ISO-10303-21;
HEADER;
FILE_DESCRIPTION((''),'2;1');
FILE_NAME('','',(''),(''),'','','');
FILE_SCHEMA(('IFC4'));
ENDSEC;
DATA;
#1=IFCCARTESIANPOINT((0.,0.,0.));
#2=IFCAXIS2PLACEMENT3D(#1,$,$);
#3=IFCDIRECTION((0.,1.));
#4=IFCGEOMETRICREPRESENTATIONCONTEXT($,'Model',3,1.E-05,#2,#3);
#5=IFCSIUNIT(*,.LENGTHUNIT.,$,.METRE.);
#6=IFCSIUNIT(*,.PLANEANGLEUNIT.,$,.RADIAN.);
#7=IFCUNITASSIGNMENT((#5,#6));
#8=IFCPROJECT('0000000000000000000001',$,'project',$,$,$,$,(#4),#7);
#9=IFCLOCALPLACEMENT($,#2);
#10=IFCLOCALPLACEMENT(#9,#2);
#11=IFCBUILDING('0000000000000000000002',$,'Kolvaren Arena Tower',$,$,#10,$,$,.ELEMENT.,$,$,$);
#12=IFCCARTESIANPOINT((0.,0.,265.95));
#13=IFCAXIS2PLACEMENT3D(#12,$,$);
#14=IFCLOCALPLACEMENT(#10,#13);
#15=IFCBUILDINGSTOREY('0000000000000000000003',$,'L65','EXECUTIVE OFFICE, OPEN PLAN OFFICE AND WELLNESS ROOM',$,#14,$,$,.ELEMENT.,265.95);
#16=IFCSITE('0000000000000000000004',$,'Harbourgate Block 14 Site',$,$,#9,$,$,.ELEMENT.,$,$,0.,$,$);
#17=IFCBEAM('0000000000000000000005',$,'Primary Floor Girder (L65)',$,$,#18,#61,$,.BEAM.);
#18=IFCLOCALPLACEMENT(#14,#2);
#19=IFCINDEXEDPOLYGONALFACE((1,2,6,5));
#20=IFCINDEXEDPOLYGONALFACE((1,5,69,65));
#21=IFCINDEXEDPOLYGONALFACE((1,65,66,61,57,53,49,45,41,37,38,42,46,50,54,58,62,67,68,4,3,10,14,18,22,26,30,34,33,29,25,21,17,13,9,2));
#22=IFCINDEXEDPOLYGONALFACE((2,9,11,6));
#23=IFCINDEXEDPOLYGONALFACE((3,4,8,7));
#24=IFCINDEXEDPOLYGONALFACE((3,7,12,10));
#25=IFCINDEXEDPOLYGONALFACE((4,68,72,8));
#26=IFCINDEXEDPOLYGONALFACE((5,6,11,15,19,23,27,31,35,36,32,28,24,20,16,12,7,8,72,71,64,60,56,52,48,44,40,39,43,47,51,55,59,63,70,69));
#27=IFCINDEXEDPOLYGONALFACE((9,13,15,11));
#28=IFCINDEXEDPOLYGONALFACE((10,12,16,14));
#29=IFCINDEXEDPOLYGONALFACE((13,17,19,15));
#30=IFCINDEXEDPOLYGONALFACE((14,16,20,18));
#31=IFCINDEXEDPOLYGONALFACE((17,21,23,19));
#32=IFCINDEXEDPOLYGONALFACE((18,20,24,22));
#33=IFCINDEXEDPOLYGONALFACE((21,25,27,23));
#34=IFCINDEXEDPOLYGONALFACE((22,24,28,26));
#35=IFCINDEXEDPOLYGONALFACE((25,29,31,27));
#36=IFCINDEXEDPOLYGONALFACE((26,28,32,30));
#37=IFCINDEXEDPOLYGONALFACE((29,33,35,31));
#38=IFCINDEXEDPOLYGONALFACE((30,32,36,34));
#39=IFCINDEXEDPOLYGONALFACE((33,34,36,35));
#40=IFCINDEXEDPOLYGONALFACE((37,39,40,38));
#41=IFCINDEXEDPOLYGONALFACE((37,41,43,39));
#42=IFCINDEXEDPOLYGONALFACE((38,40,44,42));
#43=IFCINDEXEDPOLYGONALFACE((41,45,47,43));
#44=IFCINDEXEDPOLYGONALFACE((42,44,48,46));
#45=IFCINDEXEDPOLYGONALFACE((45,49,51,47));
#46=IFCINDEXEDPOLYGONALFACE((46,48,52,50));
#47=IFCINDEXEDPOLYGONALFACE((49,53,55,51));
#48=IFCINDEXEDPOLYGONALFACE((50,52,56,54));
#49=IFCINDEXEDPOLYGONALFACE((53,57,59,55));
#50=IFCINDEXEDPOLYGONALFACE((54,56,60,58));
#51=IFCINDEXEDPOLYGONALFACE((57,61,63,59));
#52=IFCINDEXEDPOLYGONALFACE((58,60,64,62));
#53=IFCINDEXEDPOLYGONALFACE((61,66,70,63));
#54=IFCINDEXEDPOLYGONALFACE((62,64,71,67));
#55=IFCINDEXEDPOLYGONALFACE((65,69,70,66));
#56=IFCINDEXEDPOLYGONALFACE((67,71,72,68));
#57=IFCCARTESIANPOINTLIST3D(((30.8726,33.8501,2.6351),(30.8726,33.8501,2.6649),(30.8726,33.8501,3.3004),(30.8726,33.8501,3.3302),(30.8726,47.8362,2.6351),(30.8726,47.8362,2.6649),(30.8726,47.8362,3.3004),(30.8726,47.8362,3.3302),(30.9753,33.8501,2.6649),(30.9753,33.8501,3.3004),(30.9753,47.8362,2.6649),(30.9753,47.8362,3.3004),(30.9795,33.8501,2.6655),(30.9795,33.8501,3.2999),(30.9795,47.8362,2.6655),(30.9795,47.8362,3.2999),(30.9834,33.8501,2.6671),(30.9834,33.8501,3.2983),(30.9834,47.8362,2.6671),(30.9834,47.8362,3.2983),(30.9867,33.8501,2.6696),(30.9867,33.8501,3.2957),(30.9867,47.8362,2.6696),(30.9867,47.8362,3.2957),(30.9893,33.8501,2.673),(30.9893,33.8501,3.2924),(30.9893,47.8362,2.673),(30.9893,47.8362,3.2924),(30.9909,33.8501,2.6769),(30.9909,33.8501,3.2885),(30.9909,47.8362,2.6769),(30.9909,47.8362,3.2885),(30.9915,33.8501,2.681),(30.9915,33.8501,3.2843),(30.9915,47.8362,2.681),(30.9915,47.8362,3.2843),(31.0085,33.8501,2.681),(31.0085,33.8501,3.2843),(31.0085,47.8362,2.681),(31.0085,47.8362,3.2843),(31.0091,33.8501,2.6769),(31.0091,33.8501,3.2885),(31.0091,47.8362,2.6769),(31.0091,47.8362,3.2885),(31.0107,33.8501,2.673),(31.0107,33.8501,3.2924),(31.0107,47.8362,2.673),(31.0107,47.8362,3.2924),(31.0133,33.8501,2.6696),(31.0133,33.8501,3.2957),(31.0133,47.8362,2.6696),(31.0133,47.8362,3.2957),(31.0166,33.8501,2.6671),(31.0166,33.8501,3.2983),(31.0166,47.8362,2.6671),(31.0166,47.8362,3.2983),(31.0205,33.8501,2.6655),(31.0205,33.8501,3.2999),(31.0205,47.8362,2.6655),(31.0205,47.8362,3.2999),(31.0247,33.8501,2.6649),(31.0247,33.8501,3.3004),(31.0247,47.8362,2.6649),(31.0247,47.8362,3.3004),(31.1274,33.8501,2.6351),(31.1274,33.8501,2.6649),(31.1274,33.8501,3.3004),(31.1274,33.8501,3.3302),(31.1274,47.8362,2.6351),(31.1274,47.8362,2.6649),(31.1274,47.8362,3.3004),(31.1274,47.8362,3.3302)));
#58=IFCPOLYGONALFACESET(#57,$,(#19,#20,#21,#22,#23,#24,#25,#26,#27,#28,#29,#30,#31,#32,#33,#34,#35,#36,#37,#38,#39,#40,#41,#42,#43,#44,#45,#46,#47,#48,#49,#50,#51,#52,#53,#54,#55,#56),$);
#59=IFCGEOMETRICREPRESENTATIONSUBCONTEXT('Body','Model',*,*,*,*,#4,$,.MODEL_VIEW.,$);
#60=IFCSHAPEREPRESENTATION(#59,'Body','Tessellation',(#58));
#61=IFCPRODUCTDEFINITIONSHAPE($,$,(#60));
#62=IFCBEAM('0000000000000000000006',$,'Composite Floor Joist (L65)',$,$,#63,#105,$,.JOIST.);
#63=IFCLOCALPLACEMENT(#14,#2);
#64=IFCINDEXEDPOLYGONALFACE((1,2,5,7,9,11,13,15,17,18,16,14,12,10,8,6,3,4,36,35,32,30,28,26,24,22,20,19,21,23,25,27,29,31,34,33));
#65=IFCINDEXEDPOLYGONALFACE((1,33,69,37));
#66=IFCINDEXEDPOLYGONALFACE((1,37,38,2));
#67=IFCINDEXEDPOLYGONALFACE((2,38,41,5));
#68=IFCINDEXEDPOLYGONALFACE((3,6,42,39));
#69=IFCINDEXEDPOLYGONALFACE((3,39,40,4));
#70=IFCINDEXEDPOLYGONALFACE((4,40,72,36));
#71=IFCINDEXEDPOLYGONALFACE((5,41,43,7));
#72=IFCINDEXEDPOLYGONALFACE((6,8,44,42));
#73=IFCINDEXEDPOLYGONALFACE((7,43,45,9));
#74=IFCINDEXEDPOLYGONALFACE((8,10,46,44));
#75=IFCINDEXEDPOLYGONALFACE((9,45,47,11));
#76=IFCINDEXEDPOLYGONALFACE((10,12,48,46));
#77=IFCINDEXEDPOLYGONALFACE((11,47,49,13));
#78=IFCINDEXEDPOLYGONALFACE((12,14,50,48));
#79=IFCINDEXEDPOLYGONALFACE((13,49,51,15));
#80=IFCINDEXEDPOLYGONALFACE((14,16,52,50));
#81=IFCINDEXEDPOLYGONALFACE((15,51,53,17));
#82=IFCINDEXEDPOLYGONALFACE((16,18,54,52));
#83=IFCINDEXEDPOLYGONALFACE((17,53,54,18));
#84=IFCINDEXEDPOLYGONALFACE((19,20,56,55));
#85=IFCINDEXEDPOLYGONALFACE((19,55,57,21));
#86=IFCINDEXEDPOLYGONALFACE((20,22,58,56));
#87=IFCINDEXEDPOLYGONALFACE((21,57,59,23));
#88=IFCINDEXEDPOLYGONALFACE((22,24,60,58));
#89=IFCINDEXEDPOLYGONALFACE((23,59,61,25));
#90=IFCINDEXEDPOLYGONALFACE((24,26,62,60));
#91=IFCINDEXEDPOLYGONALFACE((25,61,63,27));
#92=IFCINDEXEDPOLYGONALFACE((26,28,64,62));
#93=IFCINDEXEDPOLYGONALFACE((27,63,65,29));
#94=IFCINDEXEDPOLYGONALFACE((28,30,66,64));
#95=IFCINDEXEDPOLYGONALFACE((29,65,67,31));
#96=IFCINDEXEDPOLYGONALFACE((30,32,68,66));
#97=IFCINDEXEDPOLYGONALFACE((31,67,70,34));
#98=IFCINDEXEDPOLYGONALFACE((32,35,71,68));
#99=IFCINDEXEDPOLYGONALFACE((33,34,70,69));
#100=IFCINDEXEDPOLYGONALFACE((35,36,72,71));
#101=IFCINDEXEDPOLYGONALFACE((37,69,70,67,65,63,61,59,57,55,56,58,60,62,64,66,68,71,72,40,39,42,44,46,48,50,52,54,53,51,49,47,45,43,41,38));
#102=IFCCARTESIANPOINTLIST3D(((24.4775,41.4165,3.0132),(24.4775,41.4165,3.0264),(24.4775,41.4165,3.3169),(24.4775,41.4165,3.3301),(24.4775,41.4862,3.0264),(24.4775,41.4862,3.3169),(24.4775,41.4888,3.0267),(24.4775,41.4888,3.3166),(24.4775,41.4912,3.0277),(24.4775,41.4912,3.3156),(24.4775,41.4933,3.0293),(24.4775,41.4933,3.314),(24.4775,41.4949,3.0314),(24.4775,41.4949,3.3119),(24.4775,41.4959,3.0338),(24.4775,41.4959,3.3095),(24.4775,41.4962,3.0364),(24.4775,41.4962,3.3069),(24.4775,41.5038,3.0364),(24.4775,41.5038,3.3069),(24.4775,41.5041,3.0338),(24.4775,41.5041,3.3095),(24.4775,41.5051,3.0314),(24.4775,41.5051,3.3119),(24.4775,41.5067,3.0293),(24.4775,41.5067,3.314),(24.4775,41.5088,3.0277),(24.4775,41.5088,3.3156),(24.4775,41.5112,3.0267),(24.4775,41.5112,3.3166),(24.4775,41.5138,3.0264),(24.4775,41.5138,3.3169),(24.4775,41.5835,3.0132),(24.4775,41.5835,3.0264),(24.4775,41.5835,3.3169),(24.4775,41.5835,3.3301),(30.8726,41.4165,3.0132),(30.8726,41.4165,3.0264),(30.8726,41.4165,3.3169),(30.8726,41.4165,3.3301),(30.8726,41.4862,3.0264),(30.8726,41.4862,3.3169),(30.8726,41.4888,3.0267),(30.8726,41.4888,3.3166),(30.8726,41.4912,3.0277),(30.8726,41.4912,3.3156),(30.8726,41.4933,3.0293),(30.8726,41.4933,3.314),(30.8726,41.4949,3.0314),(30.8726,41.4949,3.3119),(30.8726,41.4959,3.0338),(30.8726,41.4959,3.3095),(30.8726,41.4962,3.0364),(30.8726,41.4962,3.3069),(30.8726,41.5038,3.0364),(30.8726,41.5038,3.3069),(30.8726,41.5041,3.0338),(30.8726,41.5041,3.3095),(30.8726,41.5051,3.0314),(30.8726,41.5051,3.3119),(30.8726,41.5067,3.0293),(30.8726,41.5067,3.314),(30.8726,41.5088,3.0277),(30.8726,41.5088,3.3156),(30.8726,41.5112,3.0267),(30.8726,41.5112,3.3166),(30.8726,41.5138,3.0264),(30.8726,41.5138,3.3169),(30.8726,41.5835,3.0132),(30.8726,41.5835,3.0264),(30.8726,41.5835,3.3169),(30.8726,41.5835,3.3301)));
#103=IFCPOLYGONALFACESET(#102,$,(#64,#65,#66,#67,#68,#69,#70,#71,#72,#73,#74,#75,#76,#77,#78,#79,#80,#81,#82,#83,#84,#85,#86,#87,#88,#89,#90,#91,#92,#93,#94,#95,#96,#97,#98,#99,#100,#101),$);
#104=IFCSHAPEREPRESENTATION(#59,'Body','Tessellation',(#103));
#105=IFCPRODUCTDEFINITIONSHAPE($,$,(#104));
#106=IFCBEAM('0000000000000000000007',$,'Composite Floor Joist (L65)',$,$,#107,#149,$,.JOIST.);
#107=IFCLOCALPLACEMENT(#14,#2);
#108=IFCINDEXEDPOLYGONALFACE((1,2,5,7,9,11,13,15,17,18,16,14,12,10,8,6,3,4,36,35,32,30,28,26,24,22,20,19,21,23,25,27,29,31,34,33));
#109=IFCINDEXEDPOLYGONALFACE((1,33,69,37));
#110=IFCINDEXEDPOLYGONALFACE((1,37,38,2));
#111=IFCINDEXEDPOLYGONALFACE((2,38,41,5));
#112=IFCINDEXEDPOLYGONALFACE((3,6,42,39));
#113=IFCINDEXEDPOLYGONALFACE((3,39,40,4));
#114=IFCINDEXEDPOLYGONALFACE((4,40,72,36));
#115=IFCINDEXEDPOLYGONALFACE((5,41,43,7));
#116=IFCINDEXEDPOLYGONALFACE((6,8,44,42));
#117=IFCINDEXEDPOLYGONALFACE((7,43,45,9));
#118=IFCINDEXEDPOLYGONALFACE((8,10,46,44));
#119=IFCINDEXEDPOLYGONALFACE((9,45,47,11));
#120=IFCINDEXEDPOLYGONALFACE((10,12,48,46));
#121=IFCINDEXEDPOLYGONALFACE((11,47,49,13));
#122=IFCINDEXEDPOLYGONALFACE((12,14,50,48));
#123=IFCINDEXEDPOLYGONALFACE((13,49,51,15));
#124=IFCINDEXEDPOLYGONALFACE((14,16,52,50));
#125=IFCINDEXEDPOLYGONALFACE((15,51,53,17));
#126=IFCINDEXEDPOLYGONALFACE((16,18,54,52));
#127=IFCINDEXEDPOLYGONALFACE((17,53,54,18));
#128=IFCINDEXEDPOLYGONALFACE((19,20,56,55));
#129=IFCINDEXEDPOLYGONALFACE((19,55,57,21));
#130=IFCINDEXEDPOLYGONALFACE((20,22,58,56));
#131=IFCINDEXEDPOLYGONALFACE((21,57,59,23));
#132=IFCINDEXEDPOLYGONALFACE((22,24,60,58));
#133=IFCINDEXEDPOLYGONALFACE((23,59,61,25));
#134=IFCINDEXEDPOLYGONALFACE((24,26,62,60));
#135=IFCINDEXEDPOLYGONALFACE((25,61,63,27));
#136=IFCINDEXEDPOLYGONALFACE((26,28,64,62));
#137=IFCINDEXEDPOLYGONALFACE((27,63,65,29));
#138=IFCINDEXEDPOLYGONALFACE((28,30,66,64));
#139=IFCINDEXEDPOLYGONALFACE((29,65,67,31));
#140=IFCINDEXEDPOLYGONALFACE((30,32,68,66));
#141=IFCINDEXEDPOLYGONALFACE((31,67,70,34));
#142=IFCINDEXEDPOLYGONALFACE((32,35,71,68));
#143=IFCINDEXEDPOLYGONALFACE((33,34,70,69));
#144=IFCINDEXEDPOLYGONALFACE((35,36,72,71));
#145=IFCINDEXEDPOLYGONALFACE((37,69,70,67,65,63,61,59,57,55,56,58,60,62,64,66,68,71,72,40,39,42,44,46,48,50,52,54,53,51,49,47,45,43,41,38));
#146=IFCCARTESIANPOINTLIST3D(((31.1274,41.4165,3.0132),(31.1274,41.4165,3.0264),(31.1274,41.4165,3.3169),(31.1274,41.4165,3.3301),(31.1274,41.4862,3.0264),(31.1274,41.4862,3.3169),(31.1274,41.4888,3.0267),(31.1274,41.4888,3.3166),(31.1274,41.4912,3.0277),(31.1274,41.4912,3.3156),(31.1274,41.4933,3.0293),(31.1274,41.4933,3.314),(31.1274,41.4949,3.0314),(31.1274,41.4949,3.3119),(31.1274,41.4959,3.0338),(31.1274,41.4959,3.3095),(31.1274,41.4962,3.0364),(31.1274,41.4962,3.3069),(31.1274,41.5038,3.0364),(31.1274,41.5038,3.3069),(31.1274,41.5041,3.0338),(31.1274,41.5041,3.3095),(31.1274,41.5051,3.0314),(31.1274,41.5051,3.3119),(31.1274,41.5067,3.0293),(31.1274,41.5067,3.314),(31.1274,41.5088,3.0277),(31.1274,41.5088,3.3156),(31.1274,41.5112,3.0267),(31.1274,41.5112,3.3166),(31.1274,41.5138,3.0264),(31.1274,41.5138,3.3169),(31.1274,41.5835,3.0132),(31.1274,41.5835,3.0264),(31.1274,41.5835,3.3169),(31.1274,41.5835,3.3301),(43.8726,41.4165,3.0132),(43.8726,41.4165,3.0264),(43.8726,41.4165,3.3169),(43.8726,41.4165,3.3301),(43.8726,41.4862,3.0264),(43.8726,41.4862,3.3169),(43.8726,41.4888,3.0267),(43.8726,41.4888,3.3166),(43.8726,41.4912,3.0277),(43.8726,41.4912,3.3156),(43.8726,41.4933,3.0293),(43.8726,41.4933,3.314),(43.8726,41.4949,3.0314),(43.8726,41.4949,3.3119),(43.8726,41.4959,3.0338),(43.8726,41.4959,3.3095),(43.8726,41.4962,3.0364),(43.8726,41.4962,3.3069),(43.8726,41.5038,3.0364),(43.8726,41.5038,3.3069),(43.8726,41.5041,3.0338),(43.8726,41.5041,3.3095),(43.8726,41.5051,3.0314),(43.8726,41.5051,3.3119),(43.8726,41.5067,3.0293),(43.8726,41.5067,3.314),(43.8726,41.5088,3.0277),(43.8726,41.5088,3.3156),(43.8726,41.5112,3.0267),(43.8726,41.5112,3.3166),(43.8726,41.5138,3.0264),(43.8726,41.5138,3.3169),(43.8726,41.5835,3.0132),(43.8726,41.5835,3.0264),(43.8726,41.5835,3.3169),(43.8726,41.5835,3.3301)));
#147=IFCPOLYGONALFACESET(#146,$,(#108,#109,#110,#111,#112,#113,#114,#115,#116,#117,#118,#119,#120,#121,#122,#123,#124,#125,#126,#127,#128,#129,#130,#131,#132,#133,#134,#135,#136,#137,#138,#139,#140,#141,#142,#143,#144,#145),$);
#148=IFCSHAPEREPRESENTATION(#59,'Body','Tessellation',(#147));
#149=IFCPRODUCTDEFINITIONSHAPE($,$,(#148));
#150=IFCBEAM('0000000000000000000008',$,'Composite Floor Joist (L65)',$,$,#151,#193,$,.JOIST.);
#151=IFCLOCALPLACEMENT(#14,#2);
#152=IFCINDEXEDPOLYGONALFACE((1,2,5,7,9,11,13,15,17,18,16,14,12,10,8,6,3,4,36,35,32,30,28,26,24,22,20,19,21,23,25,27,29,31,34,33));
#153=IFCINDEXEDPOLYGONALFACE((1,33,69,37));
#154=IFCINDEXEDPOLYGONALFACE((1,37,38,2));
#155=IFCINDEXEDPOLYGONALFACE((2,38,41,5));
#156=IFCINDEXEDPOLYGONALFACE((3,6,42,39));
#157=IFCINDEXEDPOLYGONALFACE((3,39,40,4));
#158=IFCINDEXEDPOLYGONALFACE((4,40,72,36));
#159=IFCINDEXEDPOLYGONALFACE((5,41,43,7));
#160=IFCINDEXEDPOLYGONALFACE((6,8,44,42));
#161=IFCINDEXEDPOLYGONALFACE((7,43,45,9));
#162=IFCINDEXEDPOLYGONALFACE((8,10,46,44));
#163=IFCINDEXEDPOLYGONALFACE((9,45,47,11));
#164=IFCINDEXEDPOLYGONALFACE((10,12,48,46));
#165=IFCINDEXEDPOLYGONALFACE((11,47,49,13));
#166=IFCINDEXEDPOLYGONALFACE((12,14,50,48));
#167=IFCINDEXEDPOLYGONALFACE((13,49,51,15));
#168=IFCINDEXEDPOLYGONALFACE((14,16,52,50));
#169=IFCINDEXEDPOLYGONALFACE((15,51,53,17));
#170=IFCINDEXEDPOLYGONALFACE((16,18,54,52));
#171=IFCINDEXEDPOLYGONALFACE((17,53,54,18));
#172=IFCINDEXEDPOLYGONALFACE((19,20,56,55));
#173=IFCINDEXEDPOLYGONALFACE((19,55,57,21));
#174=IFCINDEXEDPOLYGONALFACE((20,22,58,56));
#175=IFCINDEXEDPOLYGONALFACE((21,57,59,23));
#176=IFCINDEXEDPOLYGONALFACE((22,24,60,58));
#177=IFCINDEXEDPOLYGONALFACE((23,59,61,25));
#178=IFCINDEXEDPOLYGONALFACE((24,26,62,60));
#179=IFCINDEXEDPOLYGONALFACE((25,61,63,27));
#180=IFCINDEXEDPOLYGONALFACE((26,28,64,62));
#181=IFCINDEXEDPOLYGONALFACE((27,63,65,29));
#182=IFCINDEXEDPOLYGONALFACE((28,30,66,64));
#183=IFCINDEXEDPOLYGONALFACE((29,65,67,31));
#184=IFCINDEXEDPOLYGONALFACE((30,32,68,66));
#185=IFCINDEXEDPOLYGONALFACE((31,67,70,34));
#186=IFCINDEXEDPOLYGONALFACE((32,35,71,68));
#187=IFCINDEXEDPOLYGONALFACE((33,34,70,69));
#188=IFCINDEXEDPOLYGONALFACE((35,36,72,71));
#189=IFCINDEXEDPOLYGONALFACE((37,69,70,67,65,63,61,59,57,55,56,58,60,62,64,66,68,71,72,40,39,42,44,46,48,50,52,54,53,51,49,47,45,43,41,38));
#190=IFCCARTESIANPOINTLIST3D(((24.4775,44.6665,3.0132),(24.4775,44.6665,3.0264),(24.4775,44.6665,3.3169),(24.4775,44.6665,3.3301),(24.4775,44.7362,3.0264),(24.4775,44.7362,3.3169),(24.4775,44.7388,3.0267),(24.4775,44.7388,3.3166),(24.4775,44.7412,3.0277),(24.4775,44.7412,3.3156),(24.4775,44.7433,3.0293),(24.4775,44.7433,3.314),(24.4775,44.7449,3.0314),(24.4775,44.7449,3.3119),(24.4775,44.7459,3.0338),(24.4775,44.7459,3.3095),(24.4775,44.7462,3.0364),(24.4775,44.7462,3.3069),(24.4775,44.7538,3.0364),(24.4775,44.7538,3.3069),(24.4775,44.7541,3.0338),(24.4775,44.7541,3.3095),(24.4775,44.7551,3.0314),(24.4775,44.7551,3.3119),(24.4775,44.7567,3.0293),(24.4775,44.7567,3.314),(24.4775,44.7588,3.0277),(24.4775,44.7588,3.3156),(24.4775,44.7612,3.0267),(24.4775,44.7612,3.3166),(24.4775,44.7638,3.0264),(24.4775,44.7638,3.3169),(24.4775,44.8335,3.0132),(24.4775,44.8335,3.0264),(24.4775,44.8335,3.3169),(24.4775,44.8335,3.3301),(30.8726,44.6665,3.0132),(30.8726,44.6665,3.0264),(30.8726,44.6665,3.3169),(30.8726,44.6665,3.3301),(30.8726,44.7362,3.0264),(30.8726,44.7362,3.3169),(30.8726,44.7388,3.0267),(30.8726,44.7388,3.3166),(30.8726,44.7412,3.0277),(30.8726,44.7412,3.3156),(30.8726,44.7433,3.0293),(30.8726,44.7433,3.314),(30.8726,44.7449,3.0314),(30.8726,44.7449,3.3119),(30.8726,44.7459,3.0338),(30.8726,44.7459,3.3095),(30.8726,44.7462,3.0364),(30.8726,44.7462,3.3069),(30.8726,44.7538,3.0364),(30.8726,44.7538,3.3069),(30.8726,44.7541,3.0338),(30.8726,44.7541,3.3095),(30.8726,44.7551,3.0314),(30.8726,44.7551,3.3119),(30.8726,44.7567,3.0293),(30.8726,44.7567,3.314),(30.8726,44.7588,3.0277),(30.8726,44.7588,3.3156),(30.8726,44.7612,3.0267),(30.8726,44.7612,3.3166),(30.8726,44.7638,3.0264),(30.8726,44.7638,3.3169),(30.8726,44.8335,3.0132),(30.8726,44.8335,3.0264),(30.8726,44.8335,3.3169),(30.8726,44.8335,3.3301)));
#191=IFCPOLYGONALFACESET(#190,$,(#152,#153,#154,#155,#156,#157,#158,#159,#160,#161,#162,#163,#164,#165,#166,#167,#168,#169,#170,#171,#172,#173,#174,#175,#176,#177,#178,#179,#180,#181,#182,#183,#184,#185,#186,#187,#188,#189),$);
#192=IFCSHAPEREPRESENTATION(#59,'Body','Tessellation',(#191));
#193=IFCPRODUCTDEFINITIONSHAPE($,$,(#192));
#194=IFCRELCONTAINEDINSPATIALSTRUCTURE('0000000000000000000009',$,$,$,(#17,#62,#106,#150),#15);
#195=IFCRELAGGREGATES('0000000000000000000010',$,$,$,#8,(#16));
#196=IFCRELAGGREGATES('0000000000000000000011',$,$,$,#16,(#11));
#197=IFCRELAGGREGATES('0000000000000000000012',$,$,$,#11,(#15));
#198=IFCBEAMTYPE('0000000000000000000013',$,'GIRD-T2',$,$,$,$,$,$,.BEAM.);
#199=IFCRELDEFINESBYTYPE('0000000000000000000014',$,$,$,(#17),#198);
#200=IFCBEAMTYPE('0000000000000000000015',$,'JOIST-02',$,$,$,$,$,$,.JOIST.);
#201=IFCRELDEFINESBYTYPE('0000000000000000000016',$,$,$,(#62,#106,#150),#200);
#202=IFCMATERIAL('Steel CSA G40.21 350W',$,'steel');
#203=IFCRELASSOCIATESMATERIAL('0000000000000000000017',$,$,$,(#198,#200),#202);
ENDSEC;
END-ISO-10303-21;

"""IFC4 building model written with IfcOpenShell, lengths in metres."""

from ifc_helpers import new_model, si_unit, direction, frame, origin, origin_2d, place, context, subcontext, project, spatial, i_section, extrude, material, material_profile, profile_set, type_object, element, save


model = new_model("IFC4")

# Units and contexts
model_context = context("Model", 3, precision=1e-05, world=origin(), true_north=direction((0.0, 1.0)))
body_context = subcontext(model_context, "Body", "Model", "MODEL_VIEW")
ifc_project = project(units=[si_unit("LENGTHUNIT", "METRE"), si_unit("PLANEANGLEUNIT", "RADIAN")], contexts=[model_context])

# Site, building, storey
site_placement = place(None, origin())
site = spatial("IfcSite", under=ifc_project, at=site_placement, Name="Harbourgate Block 14 Site", CompositionType="ELEMENT", RefElevation=0.0)
building_placement = place(site_placement, origin())
building = spatial("IfcBuilding", under=site, at=building_placement, Name="Kolvaren Arena Tower", CompositionType="ELEMENT")
storey_placement = place(building_placement, frame((0.0, 0.0, 265.95)))
storey = spatial("IfcBuildingStorey", under=building, at=storey_placement, Name="L65", Description="EXECUTIVE OFFICE, OPEN PLAN OFFICE AND WELLNESS ROOM", CompositionType="ELEMENT", Elevation=265.95)

# Beams
ifc_material_1 = material(Name="Steel CSA G40.21 350W", Category="steel")
ifc_material_profile_1 = material_profile(ifc_material_1, i_section(OverallWidth=0.2549, OverallDepth=0.6951, WebThickness=0.0171, FlangeThickness=0.0298, FilletRadius=0.0161, at=origin_2d()), Name="W690x217")
ifc_profile_set_1 = profile_set([ifc_material_profile_1], Name="Steel CSA G40.21 350W")
beam_type_1 = type_object("IfcBeamType", Name="GIRD-T2", PredefinedType="BEAM", material=ifc_profile_set_1)
beam_1_placement = place(storey_placement, frame((31.0, 33.8501, 2.9827), z_axis=(0.0, 1.0, 0.0), x_axis=(-1.0, 0.0, 0.0)))
element("IfcBeam", 1, at=beam_1_placement, inside=storey, type_object=beam_type_1, Name="Primary Floor Girder (L65)", PredefinedType="BEAM", context=body_context, shape_type="SweptSolid", body=[
    extrude(i_section(OverallWidth=0.2549, OverallDepth=0.6951, WebThickness=0.0171, FlangeThickness=0.0298, FilletRadius=0.0161, at=origin_2d()), origin(), (0.0, 0.0, 1.0), 13.9861),
])
ifc_material_profile_2 = material_profile(ifc_material_1, i_section(OverallWidth=0.167, OverallDepth=0.3169, WebThickness=0.0076, FlangeThickness=0.0132, FilletRadius=0.01, at=origin_2d()), Name="W310x52")
ifc_profile_set_2 = profile_set([ifc_material_profile_2], Name="Steel CSA G40.21 350W")
beam_type_2 = type_object("IfcBeamType", Name="JOIST-02", PredefinedType="JOIST", material=ifc_profile_set_2)
beam_2_placement = place(storey_placement, frame((24.4775, 41.5, 3.1716), z_axis=(1.0, 0.0, 0.0), x_axis=(0.0, 1.0, 0.0)))
element("IfcBeam", 2, at=beam_2_placement, inside=storey, type_object=beam_type_2, Name="Composite Floor Joist (L65)", PredefinedType="JOIST", context=body_context, shape_type="SweptSolid", body=[
    extrude(i_section(OverallWidth=0.167, OverallDepth=0.3169, WebThickness=0.0076, FlangeThickness=0.0132, FilletRadius=0.01, at=origin_2d()), origin(), (0.0, 0.0, 1.0), 6.395),
])
beam_3_placement = place(storey_placement, frame((31.1274, 41.5, 3.1716), z_axis=(1.0, 0.0, 0.0), x_axis=(0.0, 1.0, 0.0)))
element("IfcBeam", 3, at=beam_3_placement, inside=storey, type_object=beam_type_2, Name="Composite Floor Joist (L65)", PredefinedType="JOIST", context=body_context, shape_type="SweptSolid", body=[
    extrude(i_section(OverallWidth=0.167, OverallDepth=0.3169, WebThickness=0.0076, FlangeThickness=0.0132, FilletRadius=0.01, at=origin_2d()), origin(), (0.0, 0.0, 1.0), 12.7451),
])
beam_4_placement = place(storey_placement, frame((24.4775, 44.75, 3.1716), z_axis=(1.0, 0.0, 0.0), x_axis=(0.0, 1.0, 0.0)))
element("IfcBeam", 4, at=beam_4_placement, inside=storey, type_object=beam_type_2, Name="Composite Floor Joist (L65)", PredefinedType="JOIST", context=body_context, shape_type="SweptSolid", body=[
    extrude(i_section(OverallWidth=0.167, OverallDepth=0.3169, WebThickness=0.0076, FlangeThickness=0.0132, FilletRadius=0.01, at=origin_2d()), origin(), (0.0, 0.0, 1.0), 6.395),
])

save(model, "model.ifc")
